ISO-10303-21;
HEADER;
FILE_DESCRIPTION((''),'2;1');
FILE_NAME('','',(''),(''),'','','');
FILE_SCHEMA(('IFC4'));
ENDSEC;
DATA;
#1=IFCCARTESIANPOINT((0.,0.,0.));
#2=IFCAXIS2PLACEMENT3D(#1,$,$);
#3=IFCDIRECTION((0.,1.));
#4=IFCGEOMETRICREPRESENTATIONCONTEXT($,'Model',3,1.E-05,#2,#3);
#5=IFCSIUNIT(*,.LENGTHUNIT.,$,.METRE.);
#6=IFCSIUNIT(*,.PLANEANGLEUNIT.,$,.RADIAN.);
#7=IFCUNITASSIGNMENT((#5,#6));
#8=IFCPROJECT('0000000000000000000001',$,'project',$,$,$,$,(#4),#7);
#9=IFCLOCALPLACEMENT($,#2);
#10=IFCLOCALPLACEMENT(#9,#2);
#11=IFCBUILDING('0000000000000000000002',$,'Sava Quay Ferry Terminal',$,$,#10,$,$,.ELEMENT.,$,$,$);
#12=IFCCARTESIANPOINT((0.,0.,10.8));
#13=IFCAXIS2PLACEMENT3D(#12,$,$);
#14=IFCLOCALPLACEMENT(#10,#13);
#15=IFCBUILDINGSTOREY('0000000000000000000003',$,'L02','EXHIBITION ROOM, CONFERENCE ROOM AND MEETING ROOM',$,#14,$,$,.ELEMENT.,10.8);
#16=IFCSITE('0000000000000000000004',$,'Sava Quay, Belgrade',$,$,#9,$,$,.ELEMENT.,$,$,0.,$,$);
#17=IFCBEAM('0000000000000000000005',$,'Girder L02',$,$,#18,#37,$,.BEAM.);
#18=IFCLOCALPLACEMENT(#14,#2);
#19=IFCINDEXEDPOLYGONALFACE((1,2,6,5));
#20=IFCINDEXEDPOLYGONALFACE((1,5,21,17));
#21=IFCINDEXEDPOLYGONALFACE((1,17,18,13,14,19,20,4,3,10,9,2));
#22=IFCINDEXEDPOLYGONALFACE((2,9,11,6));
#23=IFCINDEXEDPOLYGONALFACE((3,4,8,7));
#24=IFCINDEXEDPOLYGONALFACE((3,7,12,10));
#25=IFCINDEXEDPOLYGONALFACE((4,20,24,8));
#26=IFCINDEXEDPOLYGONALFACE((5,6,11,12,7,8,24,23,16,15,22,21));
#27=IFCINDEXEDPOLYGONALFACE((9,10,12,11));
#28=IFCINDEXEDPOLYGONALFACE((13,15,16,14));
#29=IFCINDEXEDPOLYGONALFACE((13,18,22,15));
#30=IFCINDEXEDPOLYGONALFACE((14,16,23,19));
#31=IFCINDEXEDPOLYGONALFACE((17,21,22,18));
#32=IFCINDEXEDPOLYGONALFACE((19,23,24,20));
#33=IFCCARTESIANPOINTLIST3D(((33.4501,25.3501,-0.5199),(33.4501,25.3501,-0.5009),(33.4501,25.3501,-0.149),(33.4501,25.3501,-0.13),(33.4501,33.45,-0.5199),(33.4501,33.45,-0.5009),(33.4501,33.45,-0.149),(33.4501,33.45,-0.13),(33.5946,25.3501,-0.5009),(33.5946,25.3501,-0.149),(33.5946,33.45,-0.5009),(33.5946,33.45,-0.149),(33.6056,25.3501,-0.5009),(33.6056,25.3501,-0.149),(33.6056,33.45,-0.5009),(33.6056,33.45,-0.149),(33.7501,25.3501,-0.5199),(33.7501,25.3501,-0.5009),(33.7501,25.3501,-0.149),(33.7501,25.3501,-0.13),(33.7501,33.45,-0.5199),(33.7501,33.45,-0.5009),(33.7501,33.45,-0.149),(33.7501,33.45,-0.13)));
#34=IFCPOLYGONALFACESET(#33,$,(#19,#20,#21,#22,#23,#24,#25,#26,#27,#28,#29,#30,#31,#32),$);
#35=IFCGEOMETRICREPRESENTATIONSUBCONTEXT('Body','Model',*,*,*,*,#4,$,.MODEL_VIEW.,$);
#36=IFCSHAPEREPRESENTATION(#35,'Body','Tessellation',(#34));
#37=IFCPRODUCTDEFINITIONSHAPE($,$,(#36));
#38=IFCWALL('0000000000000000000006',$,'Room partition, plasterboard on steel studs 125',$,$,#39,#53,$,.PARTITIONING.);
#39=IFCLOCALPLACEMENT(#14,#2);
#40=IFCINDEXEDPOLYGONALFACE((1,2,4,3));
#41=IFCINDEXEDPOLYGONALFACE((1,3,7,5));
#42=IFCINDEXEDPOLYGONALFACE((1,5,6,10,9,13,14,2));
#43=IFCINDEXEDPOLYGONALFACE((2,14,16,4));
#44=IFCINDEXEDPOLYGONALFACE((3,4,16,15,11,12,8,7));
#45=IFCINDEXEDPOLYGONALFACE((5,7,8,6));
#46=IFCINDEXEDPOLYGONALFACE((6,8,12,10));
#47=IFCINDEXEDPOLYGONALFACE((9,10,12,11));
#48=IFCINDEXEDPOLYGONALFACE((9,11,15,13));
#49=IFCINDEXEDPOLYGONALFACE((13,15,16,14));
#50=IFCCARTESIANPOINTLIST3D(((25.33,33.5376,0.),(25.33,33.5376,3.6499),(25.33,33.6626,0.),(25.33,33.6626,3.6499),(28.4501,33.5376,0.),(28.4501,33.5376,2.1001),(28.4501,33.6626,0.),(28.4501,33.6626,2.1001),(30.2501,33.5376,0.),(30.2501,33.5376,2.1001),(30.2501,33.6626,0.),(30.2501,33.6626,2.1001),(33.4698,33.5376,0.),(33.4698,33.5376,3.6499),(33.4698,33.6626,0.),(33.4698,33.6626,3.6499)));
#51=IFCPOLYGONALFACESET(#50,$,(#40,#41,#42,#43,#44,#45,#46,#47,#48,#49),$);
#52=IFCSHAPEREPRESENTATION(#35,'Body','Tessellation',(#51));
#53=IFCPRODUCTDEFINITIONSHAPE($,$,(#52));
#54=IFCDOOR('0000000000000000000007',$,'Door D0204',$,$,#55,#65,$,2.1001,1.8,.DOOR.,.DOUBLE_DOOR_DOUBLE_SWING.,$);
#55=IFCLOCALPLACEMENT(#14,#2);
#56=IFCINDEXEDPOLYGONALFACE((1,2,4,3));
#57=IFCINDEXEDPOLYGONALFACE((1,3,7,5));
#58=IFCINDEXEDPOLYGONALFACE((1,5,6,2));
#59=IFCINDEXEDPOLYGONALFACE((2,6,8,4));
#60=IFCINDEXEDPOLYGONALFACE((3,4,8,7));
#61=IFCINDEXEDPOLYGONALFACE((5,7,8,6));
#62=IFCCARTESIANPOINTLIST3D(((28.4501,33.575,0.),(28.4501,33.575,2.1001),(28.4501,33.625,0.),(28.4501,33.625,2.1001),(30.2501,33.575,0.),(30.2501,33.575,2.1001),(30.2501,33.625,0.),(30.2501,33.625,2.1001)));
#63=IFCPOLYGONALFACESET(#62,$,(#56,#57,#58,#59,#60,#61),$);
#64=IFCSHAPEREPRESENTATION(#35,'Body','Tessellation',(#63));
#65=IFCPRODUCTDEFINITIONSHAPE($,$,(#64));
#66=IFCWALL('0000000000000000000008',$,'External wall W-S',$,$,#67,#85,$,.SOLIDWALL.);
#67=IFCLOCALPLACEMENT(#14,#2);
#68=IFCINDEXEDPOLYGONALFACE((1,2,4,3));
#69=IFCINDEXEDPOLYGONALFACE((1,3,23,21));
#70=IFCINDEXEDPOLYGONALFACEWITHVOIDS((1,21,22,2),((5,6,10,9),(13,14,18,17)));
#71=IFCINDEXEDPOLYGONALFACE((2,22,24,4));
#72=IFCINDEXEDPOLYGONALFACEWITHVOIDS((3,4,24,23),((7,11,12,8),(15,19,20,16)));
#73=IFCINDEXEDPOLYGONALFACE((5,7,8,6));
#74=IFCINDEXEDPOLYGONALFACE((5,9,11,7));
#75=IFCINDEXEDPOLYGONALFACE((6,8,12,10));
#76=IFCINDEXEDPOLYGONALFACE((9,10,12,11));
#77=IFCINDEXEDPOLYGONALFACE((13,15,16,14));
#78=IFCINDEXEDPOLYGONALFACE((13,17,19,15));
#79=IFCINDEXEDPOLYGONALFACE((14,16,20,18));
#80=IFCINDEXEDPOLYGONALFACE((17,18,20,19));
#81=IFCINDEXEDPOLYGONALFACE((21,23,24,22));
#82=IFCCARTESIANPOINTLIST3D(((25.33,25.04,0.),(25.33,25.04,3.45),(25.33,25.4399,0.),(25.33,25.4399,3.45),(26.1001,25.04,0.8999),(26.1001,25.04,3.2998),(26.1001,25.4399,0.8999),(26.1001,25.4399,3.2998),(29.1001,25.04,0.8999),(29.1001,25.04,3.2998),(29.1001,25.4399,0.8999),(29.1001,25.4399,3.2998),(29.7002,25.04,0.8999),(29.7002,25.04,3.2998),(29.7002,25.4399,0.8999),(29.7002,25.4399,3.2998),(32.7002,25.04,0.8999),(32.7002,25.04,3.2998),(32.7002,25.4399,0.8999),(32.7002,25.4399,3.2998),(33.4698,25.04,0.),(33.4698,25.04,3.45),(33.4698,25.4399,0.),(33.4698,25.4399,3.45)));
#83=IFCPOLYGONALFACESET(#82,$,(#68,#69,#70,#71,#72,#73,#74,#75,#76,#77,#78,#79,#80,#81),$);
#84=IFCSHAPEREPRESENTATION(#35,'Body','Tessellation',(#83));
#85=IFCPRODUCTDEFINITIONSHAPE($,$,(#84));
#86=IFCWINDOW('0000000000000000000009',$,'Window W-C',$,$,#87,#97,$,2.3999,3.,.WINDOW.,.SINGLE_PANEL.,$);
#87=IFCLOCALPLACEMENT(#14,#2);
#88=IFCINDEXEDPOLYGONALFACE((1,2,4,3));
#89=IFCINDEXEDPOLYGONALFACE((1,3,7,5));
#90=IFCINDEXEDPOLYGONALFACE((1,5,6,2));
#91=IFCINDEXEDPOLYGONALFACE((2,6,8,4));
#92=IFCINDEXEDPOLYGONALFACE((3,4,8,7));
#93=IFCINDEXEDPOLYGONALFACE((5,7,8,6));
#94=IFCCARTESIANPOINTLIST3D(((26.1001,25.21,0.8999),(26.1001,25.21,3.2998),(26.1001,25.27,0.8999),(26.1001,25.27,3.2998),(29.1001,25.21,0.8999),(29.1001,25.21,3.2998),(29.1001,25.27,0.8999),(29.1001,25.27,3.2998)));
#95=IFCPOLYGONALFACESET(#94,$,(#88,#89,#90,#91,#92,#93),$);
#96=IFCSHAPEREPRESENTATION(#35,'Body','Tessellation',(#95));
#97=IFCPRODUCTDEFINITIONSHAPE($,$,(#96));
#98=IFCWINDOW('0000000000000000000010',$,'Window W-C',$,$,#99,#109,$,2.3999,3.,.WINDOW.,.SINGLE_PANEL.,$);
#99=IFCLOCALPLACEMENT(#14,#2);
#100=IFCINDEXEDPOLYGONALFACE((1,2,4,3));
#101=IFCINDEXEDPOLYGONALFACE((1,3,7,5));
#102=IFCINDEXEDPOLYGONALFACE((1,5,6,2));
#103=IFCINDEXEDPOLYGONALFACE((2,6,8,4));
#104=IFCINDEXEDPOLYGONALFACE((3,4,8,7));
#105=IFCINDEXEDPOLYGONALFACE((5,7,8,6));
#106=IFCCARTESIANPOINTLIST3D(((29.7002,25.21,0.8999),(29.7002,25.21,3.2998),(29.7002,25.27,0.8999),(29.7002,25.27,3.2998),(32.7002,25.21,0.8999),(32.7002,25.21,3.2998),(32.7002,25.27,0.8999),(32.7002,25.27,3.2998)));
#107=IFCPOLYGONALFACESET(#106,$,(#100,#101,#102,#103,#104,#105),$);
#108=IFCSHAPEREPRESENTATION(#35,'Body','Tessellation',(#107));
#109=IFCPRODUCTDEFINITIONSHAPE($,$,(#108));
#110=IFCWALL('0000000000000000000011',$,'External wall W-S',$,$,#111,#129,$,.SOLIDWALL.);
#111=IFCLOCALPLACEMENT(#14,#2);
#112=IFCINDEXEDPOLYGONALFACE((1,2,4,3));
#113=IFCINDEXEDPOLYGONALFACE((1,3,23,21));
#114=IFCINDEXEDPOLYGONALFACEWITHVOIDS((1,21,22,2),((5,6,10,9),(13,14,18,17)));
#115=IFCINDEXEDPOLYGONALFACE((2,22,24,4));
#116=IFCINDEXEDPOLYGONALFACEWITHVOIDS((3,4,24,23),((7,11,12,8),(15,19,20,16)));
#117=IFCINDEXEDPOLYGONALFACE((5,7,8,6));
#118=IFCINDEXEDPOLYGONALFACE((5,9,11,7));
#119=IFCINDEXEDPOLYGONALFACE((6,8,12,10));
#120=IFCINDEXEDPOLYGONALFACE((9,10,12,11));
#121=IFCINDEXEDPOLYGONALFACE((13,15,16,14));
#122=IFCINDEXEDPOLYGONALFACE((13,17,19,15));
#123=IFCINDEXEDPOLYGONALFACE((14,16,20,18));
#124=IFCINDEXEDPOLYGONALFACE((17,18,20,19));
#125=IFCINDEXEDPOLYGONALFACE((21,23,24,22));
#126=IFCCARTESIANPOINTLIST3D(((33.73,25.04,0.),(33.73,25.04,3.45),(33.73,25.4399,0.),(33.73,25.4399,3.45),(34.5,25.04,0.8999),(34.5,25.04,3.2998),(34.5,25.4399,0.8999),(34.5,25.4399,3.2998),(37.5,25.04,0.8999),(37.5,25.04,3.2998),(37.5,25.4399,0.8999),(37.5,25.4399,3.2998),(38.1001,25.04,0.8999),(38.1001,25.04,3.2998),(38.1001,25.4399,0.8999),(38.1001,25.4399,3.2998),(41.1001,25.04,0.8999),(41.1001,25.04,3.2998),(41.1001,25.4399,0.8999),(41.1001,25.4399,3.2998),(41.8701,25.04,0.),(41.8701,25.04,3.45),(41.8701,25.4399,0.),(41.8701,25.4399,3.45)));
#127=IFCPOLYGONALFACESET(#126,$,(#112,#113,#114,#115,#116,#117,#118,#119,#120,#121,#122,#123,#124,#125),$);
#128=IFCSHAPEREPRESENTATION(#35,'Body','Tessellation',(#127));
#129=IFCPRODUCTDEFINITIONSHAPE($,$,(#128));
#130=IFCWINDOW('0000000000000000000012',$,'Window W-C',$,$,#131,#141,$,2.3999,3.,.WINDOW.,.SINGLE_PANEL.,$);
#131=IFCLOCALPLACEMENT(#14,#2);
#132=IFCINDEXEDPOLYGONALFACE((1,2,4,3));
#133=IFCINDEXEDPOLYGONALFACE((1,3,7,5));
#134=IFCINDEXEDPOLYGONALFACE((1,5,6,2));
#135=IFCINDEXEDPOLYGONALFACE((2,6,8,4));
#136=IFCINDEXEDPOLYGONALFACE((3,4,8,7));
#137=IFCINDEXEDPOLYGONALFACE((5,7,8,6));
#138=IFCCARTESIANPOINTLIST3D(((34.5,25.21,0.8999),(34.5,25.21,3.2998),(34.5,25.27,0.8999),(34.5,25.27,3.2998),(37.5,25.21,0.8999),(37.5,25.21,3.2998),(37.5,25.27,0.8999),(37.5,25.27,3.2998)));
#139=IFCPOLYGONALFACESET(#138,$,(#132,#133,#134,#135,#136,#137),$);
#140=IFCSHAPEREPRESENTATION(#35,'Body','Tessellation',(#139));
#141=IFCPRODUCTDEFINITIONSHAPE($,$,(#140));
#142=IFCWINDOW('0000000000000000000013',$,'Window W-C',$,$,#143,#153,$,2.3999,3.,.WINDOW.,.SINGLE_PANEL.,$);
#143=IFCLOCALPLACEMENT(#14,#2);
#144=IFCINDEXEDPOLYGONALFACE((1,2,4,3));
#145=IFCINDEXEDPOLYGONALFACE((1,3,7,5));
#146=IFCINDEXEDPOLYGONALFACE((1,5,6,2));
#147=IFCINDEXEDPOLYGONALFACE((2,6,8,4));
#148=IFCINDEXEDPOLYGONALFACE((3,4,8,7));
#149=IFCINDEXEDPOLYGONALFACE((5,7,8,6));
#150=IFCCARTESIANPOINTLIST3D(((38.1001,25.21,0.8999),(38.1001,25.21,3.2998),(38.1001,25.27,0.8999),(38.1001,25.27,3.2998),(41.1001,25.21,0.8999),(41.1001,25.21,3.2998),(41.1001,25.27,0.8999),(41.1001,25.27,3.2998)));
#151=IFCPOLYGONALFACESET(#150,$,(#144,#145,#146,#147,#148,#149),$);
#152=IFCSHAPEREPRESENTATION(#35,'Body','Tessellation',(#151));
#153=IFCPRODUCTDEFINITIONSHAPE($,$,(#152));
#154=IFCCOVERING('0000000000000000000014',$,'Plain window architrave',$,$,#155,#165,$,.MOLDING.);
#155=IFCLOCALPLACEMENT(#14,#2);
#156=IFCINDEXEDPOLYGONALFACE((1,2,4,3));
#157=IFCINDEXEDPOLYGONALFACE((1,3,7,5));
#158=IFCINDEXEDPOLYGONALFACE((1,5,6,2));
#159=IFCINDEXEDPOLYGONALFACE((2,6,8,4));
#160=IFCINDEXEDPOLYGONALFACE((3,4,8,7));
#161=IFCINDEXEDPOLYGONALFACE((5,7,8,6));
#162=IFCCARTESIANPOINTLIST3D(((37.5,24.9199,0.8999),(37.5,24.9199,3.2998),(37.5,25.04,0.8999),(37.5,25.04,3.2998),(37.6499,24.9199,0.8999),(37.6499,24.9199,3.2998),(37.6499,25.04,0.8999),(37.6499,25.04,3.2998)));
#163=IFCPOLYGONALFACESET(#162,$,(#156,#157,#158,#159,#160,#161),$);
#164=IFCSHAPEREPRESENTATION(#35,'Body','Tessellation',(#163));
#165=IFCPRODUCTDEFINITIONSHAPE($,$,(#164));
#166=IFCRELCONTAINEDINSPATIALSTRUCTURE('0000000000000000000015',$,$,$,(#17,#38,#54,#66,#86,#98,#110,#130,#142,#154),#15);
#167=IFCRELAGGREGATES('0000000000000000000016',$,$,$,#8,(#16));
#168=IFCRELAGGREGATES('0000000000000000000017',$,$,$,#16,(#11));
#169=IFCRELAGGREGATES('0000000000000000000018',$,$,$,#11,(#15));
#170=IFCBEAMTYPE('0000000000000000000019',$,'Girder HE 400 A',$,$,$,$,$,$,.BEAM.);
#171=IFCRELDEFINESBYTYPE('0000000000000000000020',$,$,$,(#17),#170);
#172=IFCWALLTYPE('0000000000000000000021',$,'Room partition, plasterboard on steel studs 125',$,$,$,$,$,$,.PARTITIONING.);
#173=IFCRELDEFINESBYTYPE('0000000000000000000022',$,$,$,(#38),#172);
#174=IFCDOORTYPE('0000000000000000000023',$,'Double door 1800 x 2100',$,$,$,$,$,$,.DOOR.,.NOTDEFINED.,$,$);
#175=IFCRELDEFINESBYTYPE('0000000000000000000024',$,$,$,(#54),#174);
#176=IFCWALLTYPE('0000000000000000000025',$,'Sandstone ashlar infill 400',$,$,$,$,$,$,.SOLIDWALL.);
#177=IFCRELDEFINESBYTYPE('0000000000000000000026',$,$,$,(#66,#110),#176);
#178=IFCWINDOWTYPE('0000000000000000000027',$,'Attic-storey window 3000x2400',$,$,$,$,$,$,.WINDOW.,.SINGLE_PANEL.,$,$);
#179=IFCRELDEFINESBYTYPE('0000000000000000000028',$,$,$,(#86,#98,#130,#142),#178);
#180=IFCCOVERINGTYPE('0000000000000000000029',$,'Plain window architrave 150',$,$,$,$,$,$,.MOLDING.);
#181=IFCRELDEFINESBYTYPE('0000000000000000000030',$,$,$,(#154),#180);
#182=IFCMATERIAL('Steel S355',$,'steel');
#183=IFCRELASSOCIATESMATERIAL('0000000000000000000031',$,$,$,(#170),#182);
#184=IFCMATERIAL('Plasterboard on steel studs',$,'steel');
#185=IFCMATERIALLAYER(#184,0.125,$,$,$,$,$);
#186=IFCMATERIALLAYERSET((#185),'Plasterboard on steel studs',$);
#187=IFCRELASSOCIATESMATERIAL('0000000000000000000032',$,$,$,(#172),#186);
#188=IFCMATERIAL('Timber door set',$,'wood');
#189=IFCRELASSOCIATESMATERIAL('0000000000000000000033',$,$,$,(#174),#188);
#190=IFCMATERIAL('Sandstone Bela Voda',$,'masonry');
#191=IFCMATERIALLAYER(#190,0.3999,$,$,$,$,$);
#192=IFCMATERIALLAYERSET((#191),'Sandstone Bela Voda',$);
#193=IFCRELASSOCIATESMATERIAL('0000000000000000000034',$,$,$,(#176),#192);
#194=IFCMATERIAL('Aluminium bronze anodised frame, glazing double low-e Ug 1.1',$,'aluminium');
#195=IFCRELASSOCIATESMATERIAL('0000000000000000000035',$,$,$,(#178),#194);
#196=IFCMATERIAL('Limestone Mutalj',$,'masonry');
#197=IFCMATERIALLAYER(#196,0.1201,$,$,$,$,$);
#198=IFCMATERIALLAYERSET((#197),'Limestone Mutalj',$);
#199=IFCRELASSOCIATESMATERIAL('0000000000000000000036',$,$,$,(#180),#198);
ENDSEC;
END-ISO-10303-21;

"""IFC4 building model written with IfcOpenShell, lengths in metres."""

from ifc_helpers import new_model, si_unit, direction, frame, frame_2d, origin, origin_2d, place, context, subcontext, project, spatial, rectangle, i_section, extrude, material, layer, layer_set, material_profile, profile_set, type_object, element, fill, save


model = new_model("IFC4")

# Units and contexts
model_context = context("Model", 3, precision=1e-05, world=origin(), true_north=direction((0.0, 1.0)))
body_context = subcontext(model_context, "Body", "Model", "MODEL_VIEW")
ifc_project = project(units=[si_unit("LENGTHUNIT", "METRE"), si_unit("PLANEANGLEUNIT", "RADIAN")], contexts=[model_context])

# Site, building, storey
site_placement = place(None, origin())
site = spatial("IfcSite", under=ifc_project, at=site_placement, Name="Sava Quay, Belgrade", CompositionType="ELEMENT", RefElevation=0.0)
building_placement = place(site_placement, origin())
building = spatial("IfcBuilding", under=site, at=building_placement, Name="Sava Quay Ferry Terminal", CompositionType="ELEMENT")
storey_placement = place(building_placement, frame((0.0, 0.0, 10.8)))
storey = spatial("IfcBuildingStorey", under=building, at=storey_placement, Name="L02", Description="EXHIBITION ROOM, CONFERENCE ROOM AND MEETING ROOM", CompositionType="ELEMENT", Elevation=10.8)

# Beam
ifc_material_1 = material(Name="Steel S355", Category="steel")
ifc_material_profile_1 = material_profile(ifc_material_1, i_section(OverallWidth=0.3, OverallDepth=0.3899, WebThickness=0.011, FlangeThickness=0.019, at=origin_2d()), Name="HE 400 A")
ifc_profile_set_1 = profile_set([ifc_material_profile_1], Name="Steel S355")
beam_type_1 = type_object("IfcBeamType", Name="Girder HE 400 A", PredefinedType="BEAM", material=ifc_profile_set_1)
beam_1_placement = place(storey_placement, frame((33.6001, 25.3501, -0.325), z_axis=(0.0, 1.0, 0.0), x_axis=(-1.0, 0.0, 0.0)))
element("IfcBeam", 1, at=beam_1_placement, inside=storey, type_object=beam_type_1, Name="Girder L02", PredefinedType="BEAM", context=body_context, shape_type="SweptSolid", body=[
    extrude(i_section(OverallWidth=0.3, OverallDepth=0.3899, WebThickness=0.011, FlangeThickness=0.019, at=origin_2d()), origin(), (0.0, 0.0, 1.0), 8.0999),
])

# Wall, opening, door
ifc_material_2 = material(Name="Plasterboard on steel studs", Category="steel")
ifc_layer_1 = layer(ifc_material_2, 0.125)
ifc_layer_set_1 = layer_set([ifc_layer_1], Name="Plasterboard on steel studs")
wall_type_1 = type_object("IfcWallType", Name="Room partition, plasterboard on steel studs 125", PredefinedType="PARTITIONING", material=ifc_layer_set_1)
wall_1_placement = place(storey_placement, frame((25.3301, 33.6001, 0.0), z_axis=(0.0, 0.0, 1.0), x_axis=(1.0, 0.0, 0.0)))
wall_1 = element("IfcWall", 2, at=wall_1_placement, inside=storey, type_object=wall_type_1, Name="Room partition, plasterboard on steel studs 125", PredefinedType="PARTITIONING", context=body_context, shape_type="SweptSolid", body=[
    extrude(rectangle(XDim=8.1399, YDim=0.125, at=frame_2d((4.0698, 0.0))), origin(), (0.0, 0.0, 1.0), 3.6499),
])
opening_1_placement = place(wall_1_placement, frame((3.1201, 0.0, 0.0)))
opening_1 = element("IfcOpeningElement", 3, at=opening_1_placement, cuts=wall_1, PredefinedType="OPENING", context=body_context, shape_type="SweptSolid", body=[
    extrude(rectangle(XDim=1.8, YDim=2.1001, at=frame_2d((0.8999, 1.05))), frame((0.0, 0.0625, 0.0), z_axis=(0.0, -1.0, 0.0), x_axis=(1.0, 0.0, 0.0)), (0.0, 0.0, 1.0), 0.125),
])
ifc_material_3 = material(Name="Timber door set", Category="wood")
door_type = type_object("IfcDoorType", Name="Double door 1800 x 2100", OperationType="NOTDEFINED", PredefinedType="DOOR", material=ifc_material_3)
door_placement = place(opening_1_placement, origin())
door = element("IfcDoor", 4, at=door_placement, inside=storey, type_object=door_type, Name="Door D0204", OperationType="DOUBLE_DOOR_DOUBLE_SWING", OverallHeight=2.1001, OverallWidth=1.8, PredefinedType="DOOR", context=body_context, shape_type="SweptSolid", body=[
    extrude(rectangle(XDim=1.8, YDim=2.1001, at=frame_2d((0.8999, 1.05))), frame((0.0, 0.0249, 0.0), z_axis=(0.0, -1.0, 0.0), x_axis=(1.0, 0.0, 0.0)), (0.0, 0.0, 1.0), 0.05),
])
fill(opening_1, door)

# Walls, openings, windows
ifc_material_4 = material(Name="Sandstone Bela Voda", Category="masonry")
ifc_layer_2 = layer(ifc_material_4, 0.3999)
ifc_layer_set_2 = layer_set([ifc_layer_2], Name="Sandstone Bela Voda")
wall_type_2 = type_object("IfcWallType", Name="Sandstone ashlar infill 400", PredefinedType="SOLIDWALL", material=ifc_layer_set_2)
wall_2_placement = place(storey_placement, frame((25.3301, 25.24, 0.0), z_axis=(0.0, 0.0, 1.0), x_axis=(1.0, 0.0, 0.0)))
wall_2 = element("IfcWall", 5, at=wall_2_placement, inside=storey, type_object=wall_type_2, Name="External wall W-S", PredefinedType="SOLIDWALL", context=body_context, shape_type="SweptSolid", body=[
    extrude(rectangle(XDim=8.1399, YDim=0.3999, at=frame_2d((4.0698, 0.0))), origin(), (0.0, 0.0, 1.0), 3.45),
])
opening_2_placement = place(wall_2_placement, frame((0.77, 0.0, 0.8999)))
opening_2 = element("IfcOpeningElement", 6, at=opening_2_placement, cuts=wall_2, PredefinedType="OPENING", context=body_context, shape_type="SweptSolid", body=[
    extrude(rectangle(XDim=3.0, YDim=2.3999, at=frame_2d((1.5, 1.2))), frame((0.0, 0.2, 0.0), z_axis=(0.0, -1.0, 0.0), x_axis=(1.0, 0.0, 0.0)), (0.0, 0.0, 1.0), 0.3999),
])
opening_3_placement = place(wall_2_placement, frame((4.3701, 0.0, 0.8999)))
opening_3 = element("IfcOpeningElement", 7, at=opening_3_placement, cuts=wall_2, PredefinedType="OPENING", context=body_context, shape_type="SweptSolid", body=[
    extrude(rectangle(XDim=3.0, YDim=2.3999, at=frame_2d((1.5, 1.2))), frame((0.0, 0.2, 0.0), z_axis=(0.0, -1.0, 0.0), x_axis=(1.0, 0.0, 0.0)), (0.0, 0.0, 1.0), 0.3999),
])
ifc_material_5 = material(Name="Aluminium bronze anodised frame, glazing double low-e Ug 1.1", Category="aluminium")
window_type = type_object("IfcWindowType", Name="Attic-storey window 3000x2400", PartitioningType="SINGLE_PANEL", PredefinedType="WINDOW", material=ifc_material_5)
window_1_placement = place(opening_2_placement, origin())
window_1 = element("IfcWindow", 8, at=window_1_placement, inside=storey, type_object=window_type, Name="Window W-C", OverallHeight=2.3999, OverallWidth=3.0, PartitioningType="SINGLE_PANEL", PredefinedType="WINDOW", context=body_context, shape_type="SweptSolid", body=[
    extrude(rectangle(XDim=3.0, YDim=2.3999, at=frame_2d((1.5, 1.2))), frame((0.0, 0.03, 0.0), z_axis=(0.0, -1.0, 0.0), x_axis=(1.0, 0.0, 0.0)), (0.0, 0.0, 1.0), 0.0601),
])
fill(opening_2, window_1)
window_2_placement = place(opening_3_placement, origin())
window_2 = element("IfcWindow", 9, at=window_2_placement, inside=storey, type_object=window_type, Name="Window W-C", OverallHeight=2.3999, OverallWidth=3.0, PartitioningType="SINGLE_PANEL", PredefinedType="WINDOW", context=body_context, shape_type="SweptSolid", body=[
    extrude(rectangle(XDim=3.0, YDim=2.3999, at=frame_2d((1.5, 1.2))), frame((0.0, 0.03, 0.0), z_axis=(0.0, -1.0, 0.0), x_axis=(1.0, 0.0, 0.0)), (0.0, 0.0, 1.0), 0.0601),
])
fill(opening_3, window_2)
wall_3_placement = place(storey_placement, frame((33.73, 25.24, 0.0), z_axis=(0.0, 0.0, 1.0), x_axis=(1.0, 0.0, 0.0)))
wall_3 = element("IfcWall", 10, at=wall_3_placement, inside=storey, type_object=wall_type_2, Name="External wall W-S", PredefinedType="SOLIDWALL", context=body_context, shape_type="SweptSolid", body=[
    extrude(rectangle(XDim=8.1401, YDim=0.3999, at=frame_2d((4.0701, 0.0))), origin(), (0.0, 0.0, 1.0), 3.45),
])
opening_4_placement = place(wall_3_placement, frame((0.77, 0.0, 0.8999)))
opening_4 = element("IfcOpeningElement", 11, at=opening_4_placement, cuts=wall_3, PredefinedType="OPENING", context=body_context, shape_type="SweptSolid", body=[
    extrude(rectangle(XDim=3.0, YDim=2.3999, at=frame_2d((1.5, 1.2))), frame((0.0, 0.2, 0.0), z_axis=(0.0, -1.0, 0.0), x_axis=(1.0, 0.0, 0.0)), (0.0, 0.0, 1.0), 0.3999),
])
opening_5_placement = place(wall_3_placement, frame((4.3701, 0.0, 0.8999)))
opening_5 = element("IfcOpeningElement", 12, at=opening_5_placement, cuts=wall_3, PredefinedType="OPENING", context=body_context, shape_type="SweptSolid", body=[
    extrude(rectangle(XDim=3.0, YDim=2.3999, at=frame_2d((1.5, 1.2))), frame((0.0, 0.2, 0.0), z_axis=(0.0, -1.0, 0.0), x_axis=(1.0, 0.0, 0.0)), (0.0, 0.0, 1.0), 0.3999),
])
window_3_placement = place(opening_4_placement, origin())
window_3 = element("IfcWindow", 13, at=window_3_placement, inside=storey, type_object=window_type, Name="Window W-C", OverallHeight=2.3999, OverallWidth=3.0, PartitioningType="SINGLE_PANEL", PredefinedType="WINDOW", context=body_context, shape_type="SweptSolid", body=[
    extrude(rectangle(XDim=3.0, YDim=2.3999, at=frame_2d((1.5, 1.2))), frame((0.0, 0.03, 0.0), z_axis=(0.0, -1.0, 0.0), x_axis=(1.0, 0.0, 0.0)), (0.0, 0.0, 1.0), 0.0601),
])
fill(opening_4, window_3)
window_4_placement = place(opening_5_placement, origin())
window_4 = element("IfcWindow", 14, at=window_4_placement, inside=storey, type_object=window_type, Name="Window W-C", OverallHeight=2.3999, OverallWidth=3.0, PartitioningType="SINGLE_PANEL", PredefinedType="WINDOW", context=body_context, shape_type="SweptSolid", body=[
    extrude(rectangle(XDim=3.0, YDim=2.3999, at=frame_2d((1.5, 1.2))), frame((0.0, 0.03, 0.0), z_axis=(0.0, -1.0, 0.0), x_axis=(1.0, 0.0, 0.0)), (0.0, 0.0, 1.0), 0.0601),
])
fill(opening_5, window_4)

# Covering
ifc_material_6 = material(Name="Limestone Mutalj", Category="masonry")
ifc_layer_3 = layer(ifc_material_6, 0.1201)
ifc_layer_set_3 = layer_set([ifc_layer_3], Name="Limestone Mutalj")
covering_type = type_object("IfcCoveringType", Name="Plain window architrave 150", PredefinedType="MOLDING", material=ifc_layer_set_3)
covering_1_placement = place(storey_placement, frame((37.575, 24.98, 0.8999), z_axis=(0.0, 0.0, 1.0), x_axis=(1.0, 0.0, 0.0)))
element("IfcCovering", 15, at=covering_1_placement, inside=storey, type_object=covering_type, Name="Plain window architrave", PredefinedType="MOLDING", context=body_context, shape_type="SweptSolid", body=[
    extrude(rectangle(XDim=0.1499, YDim=0.1201, at=origin_2d()), origin(), (0.0, 0.0, 1.0), 2.3999),
])

save(model, "model.ifc")
